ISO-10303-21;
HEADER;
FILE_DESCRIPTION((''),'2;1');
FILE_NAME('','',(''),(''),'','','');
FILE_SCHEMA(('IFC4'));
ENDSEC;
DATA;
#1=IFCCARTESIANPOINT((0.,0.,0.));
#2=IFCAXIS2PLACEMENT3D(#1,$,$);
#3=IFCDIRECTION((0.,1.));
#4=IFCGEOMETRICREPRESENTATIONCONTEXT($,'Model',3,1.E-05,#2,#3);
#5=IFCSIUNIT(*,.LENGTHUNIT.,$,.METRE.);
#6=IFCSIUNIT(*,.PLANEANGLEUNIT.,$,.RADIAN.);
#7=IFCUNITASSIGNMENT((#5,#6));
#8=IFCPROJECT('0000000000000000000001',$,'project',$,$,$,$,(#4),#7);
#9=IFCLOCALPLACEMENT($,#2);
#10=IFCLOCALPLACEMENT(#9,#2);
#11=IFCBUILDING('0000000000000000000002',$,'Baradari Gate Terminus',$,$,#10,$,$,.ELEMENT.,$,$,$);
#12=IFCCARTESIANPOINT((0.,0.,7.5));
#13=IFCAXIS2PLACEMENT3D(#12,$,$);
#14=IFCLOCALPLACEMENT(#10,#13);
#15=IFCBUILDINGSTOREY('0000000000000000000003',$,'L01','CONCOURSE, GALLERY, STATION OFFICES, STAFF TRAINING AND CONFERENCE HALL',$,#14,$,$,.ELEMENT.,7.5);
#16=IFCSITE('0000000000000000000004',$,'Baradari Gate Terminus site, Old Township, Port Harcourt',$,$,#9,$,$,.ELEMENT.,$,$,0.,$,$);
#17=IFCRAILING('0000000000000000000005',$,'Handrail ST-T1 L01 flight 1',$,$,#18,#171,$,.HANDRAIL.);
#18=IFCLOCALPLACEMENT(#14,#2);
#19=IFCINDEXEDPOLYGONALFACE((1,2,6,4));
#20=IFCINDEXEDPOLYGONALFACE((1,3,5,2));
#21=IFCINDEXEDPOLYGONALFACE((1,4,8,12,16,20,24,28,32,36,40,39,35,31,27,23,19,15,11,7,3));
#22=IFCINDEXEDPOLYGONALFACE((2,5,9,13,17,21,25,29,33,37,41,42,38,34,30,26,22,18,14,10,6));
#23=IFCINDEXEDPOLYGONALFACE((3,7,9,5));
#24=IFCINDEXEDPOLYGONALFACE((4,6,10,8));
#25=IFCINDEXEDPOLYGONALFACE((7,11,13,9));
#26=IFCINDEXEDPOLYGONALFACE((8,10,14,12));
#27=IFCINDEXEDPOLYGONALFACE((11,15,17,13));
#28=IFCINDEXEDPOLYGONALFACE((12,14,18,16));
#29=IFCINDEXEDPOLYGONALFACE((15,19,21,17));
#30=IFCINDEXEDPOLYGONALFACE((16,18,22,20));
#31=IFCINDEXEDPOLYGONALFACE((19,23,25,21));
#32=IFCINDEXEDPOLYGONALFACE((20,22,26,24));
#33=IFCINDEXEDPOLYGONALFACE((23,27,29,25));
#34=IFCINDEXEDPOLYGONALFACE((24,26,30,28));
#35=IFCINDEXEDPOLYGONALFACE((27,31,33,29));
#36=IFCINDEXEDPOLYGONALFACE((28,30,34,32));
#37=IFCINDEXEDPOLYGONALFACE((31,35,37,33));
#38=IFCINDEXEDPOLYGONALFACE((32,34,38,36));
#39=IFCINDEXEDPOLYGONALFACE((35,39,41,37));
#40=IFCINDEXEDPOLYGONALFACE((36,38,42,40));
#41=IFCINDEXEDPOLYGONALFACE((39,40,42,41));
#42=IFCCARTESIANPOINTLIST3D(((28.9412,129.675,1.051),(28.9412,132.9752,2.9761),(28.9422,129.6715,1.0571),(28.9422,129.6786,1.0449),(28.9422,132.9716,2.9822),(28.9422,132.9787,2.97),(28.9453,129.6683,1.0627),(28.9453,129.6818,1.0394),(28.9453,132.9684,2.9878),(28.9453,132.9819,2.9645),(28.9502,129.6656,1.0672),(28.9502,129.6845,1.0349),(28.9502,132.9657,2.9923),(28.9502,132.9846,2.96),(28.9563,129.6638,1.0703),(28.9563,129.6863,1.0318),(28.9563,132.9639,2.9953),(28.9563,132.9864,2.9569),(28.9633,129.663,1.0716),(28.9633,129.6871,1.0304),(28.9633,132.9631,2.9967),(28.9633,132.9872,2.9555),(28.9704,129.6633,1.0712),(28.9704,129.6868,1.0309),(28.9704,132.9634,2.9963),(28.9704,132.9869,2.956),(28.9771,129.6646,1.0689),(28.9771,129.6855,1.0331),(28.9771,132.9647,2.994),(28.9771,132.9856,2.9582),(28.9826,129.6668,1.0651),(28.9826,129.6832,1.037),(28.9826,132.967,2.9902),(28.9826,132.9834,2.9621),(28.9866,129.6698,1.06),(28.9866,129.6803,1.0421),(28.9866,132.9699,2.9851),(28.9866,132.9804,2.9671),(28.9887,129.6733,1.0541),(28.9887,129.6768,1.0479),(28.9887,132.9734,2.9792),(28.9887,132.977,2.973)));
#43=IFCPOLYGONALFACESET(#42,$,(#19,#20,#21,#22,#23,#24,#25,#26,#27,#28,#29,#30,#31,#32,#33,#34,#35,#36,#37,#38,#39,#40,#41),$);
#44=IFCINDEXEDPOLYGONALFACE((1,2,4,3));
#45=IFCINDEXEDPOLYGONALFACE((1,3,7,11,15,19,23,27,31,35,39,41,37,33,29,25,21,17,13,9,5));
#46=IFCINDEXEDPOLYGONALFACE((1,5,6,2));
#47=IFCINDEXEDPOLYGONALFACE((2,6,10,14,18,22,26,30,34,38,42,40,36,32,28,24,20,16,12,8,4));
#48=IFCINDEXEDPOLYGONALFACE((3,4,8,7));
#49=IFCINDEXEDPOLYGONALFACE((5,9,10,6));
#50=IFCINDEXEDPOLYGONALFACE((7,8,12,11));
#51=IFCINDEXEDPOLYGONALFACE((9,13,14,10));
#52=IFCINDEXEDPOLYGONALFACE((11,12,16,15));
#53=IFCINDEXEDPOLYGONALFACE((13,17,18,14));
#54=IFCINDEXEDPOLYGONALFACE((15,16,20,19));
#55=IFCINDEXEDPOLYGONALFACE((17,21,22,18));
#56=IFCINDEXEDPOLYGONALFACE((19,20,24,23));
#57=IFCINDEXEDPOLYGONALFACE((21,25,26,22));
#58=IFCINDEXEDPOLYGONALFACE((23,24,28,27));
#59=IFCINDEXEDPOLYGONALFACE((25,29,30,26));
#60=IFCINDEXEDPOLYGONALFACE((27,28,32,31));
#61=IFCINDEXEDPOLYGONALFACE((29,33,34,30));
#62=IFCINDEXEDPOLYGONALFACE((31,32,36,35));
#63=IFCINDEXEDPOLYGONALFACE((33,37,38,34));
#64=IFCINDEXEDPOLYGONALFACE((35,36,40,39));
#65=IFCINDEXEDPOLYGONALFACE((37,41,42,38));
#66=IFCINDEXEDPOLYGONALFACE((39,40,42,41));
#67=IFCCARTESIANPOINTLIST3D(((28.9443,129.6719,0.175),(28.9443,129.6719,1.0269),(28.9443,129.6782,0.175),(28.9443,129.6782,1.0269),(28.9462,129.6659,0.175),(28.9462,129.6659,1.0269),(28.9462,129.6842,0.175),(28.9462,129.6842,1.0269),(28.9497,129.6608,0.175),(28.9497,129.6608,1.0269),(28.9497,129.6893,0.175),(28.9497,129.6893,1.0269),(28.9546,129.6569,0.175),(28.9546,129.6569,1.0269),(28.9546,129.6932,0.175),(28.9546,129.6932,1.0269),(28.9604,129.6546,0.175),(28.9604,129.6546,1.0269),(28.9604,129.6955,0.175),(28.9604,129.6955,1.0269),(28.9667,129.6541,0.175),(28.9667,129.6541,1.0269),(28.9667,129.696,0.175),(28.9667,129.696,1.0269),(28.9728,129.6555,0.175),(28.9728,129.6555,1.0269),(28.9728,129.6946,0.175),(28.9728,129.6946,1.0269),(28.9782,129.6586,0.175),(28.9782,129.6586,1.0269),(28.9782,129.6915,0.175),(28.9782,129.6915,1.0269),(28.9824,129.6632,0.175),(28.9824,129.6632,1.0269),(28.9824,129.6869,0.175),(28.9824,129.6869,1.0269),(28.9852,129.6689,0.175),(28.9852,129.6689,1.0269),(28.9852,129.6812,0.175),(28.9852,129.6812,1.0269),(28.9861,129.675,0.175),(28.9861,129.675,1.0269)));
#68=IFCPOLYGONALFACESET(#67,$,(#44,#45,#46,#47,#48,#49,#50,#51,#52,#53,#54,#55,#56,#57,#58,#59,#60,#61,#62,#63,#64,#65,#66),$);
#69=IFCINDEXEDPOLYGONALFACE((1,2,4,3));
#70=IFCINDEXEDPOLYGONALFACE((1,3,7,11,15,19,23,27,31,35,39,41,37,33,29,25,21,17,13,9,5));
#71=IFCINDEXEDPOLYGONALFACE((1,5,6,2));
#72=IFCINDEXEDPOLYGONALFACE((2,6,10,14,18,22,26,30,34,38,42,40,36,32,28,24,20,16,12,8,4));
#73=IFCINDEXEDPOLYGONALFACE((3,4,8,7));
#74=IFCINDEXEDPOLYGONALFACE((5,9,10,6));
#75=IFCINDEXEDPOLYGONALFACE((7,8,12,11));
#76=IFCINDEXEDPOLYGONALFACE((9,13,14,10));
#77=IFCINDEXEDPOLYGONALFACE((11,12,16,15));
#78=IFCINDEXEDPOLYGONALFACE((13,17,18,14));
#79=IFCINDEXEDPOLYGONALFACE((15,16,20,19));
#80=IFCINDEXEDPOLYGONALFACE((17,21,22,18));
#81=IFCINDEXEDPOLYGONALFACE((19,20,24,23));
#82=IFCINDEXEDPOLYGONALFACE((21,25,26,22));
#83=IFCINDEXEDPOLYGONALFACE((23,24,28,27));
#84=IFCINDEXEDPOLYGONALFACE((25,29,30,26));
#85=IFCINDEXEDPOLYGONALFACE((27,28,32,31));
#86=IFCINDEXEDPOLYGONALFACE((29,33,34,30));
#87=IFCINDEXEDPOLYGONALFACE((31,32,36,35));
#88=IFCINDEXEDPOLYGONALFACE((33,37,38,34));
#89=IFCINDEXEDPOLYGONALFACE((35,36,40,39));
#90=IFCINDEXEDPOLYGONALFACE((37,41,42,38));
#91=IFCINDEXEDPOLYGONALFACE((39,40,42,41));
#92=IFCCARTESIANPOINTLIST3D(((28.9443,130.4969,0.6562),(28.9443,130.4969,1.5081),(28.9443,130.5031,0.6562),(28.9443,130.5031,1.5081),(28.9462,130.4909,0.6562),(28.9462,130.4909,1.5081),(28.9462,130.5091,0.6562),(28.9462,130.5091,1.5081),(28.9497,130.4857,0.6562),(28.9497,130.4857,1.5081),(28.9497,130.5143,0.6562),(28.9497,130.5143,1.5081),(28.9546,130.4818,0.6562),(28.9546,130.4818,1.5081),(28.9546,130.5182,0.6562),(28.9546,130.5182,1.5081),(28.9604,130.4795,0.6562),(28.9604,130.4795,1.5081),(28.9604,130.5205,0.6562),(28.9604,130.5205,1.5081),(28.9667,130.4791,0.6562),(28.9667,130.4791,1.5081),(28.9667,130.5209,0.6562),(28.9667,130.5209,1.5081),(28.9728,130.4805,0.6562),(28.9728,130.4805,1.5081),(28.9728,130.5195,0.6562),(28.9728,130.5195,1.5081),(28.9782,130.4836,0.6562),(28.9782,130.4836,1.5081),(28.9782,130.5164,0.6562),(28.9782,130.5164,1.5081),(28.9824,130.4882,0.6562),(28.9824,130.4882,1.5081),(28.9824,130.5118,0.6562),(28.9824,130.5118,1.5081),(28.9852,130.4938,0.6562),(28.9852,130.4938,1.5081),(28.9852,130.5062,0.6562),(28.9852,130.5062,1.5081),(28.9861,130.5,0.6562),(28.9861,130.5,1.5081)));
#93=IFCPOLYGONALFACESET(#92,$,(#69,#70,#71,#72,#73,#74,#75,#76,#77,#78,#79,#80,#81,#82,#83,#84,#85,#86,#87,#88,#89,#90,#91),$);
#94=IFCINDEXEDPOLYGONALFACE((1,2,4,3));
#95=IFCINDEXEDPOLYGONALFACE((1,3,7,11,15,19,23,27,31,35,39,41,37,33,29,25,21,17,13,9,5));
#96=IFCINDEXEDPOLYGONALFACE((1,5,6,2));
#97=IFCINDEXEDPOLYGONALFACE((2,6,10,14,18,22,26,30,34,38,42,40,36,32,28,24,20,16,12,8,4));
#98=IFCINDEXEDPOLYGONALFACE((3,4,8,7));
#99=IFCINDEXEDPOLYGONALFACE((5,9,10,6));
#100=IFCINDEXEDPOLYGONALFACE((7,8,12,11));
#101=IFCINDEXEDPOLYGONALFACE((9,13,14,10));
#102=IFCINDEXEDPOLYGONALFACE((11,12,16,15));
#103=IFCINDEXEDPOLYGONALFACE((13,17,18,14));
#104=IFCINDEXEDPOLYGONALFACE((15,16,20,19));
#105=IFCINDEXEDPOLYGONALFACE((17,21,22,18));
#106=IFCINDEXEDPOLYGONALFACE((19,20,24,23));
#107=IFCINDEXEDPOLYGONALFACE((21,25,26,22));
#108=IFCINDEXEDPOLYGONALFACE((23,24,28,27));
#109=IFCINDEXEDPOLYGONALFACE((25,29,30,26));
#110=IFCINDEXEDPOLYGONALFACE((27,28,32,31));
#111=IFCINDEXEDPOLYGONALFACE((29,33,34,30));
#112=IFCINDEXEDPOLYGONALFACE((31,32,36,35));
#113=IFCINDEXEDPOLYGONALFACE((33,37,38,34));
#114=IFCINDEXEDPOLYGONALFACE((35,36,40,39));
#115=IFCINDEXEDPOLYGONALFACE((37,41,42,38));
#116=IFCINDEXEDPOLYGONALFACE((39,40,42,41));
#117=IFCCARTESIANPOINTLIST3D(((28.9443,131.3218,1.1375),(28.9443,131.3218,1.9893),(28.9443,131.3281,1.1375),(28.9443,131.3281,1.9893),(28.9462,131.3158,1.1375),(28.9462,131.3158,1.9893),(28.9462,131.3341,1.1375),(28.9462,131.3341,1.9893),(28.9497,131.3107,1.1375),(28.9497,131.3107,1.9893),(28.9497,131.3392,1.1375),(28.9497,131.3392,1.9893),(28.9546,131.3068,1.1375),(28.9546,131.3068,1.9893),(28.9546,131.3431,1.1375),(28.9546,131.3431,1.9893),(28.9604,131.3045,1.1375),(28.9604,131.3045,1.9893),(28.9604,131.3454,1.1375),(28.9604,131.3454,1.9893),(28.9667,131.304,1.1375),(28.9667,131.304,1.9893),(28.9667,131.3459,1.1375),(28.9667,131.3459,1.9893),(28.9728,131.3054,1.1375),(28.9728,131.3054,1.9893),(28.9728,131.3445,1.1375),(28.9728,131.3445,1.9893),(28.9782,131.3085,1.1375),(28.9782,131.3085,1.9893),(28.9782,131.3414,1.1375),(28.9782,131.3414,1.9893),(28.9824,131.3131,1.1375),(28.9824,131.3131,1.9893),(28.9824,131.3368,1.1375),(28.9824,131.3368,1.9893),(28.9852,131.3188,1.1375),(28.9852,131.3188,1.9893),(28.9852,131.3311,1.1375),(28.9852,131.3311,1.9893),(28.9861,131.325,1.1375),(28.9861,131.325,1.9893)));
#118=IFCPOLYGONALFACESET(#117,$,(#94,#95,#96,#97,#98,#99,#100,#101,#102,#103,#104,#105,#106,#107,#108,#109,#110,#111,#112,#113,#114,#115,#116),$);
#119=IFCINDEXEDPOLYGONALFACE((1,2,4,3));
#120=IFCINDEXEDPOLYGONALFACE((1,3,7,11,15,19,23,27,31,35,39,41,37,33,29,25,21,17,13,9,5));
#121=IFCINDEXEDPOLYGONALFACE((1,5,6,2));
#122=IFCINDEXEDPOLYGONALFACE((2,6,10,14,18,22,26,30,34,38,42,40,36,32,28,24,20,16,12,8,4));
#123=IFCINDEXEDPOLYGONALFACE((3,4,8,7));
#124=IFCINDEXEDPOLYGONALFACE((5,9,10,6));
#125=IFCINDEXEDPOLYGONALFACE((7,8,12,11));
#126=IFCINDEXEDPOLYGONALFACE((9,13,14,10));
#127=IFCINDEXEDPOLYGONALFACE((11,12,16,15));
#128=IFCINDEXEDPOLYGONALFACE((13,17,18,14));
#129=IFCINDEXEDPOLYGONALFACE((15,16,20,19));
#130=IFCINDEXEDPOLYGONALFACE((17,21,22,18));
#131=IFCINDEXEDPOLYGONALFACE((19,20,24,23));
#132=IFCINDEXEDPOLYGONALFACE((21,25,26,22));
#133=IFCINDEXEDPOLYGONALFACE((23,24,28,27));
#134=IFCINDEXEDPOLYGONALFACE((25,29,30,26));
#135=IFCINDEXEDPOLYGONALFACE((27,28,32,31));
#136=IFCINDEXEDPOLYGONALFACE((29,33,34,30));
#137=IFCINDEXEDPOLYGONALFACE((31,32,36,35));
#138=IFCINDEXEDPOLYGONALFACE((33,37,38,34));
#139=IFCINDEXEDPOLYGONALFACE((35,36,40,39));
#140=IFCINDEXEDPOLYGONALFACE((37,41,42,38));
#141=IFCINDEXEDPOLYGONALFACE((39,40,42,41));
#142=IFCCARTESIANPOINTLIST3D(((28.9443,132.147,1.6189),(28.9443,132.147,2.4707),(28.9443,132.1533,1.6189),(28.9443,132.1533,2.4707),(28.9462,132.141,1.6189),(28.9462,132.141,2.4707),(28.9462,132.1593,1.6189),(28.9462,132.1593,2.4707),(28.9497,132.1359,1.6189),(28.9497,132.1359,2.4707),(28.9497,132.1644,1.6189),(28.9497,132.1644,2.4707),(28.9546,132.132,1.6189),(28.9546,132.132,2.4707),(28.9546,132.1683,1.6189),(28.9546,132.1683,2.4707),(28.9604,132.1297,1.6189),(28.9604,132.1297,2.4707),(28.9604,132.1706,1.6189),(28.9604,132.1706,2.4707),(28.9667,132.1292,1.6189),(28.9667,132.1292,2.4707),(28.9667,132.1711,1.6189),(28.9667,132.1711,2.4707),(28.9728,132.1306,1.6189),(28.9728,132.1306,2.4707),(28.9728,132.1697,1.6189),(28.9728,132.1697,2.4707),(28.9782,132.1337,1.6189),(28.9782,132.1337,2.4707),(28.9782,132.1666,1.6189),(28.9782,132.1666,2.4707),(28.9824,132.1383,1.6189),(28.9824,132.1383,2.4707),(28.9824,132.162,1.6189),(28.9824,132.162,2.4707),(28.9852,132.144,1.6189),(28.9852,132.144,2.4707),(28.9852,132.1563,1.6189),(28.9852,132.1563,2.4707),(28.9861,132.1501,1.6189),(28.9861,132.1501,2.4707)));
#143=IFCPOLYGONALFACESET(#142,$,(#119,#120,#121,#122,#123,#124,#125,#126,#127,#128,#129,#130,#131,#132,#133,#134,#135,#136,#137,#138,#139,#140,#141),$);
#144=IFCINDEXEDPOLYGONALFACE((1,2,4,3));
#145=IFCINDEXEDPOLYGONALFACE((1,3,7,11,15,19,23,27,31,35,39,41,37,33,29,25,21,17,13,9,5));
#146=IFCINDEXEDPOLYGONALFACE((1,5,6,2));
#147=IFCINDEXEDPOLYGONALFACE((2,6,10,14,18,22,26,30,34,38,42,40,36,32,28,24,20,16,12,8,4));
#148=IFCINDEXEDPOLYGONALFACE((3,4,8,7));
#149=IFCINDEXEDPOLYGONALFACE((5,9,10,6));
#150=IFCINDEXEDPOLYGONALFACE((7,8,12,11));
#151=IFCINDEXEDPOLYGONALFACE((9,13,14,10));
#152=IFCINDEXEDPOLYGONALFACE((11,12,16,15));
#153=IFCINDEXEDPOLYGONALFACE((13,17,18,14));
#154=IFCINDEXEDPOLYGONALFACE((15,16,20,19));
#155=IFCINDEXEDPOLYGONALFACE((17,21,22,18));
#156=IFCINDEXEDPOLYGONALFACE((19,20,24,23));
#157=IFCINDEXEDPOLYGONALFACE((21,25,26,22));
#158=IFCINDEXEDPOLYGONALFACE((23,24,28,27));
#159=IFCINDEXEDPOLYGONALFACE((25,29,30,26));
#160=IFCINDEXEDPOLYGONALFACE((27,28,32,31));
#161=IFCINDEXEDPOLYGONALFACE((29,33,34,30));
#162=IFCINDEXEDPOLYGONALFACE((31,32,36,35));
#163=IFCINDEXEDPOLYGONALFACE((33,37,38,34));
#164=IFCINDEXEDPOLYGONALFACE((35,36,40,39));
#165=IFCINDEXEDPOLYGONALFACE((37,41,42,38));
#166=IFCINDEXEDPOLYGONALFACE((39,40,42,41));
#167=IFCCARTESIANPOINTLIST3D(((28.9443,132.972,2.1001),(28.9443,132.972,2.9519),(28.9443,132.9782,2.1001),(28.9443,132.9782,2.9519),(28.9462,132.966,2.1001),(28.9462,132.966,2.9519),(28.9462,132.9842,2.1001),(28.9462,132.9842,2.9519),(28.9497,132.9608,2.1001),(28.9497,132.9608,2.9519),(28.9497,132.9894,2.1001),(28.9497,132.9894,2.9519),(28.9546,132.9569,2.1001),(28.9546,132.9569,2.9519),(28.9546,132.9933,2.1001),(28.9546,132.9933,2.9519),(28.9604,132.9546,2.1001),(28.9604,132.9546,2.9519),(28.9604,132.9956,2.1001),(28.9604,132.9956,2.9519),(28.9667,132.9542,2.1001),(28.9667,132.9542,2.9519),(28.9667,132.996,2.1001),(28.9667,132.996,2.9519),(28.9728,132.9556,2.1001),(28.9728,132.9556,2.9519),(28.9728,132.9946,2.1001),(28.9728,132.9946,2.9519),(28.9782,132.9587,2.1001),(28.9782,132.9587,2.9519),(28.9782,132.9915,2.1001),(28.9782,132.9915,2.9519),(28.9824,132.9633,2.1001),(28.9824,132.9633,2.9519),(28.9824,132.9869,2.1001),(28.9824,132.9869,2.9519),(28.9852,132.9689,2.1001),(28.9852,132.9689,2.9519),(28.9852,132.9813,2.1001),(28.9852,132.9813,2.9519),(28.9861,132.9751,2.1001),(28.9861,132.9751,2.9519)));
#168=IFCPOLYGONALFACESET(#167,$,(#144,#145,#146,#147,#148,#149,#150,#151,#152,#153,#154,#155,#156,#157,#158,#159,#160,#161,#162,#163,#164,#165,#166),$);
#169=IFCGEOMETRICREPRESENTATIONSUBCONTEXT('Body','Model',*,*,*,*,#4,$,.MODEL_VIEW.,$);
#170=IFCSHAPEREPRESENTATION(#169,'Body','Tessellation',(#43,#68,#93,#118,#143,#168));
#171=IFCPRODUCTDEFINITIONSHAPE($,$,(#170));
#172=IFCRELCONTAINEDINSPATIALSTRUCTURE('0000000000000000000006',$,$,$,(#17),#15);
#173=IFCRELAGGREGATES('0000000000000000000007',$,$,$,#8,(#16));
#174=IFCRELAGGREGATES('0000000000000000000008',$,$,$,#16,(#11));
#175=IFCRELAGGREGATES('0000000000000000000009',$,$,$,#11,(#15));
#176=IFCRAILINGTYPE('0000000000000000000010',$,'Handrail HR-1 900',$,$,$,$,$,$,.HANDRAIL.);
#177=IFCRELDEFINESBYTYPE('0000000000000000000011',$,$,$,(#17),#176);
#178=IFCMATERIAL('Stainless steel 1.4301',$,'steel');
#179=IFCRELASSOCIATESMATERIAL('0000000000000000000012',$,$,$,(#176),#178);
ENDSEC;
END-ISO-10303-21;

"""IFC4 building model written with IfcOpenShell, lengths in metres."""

from ifc_helpers import new_model, si_unit, direction, frame, origin, origin_2d, place, context, subcontext, project, spatial, circle, extrude, material, type_object, element, save


model = new_model("IFC4")

# Units and contexts
model_context = context("Model", 3, precision=1e-05, world=origin(), true_north=direction((0.0, 1.0)))
body_context = subcontext(model_context, "Body", "Model", "MODEL_VIEW")
ifc_project = project(units=[si_unit("LENGTHUNIT", "METRE"), si_unit("PLANEANGLEUNIT", "RADIAN")], contexts=[model_context])

# Site, building, storey
site_placement = place(None, origin())
site = spatial("IfcSite", under=ifc_project, at=site_placement, Name="Baradari Gate Terminus site, Old Township, Port Harcourt", CompositionType="ELEMENT", RefElevation=0.0)
building_placement = place(site_placement, origin())
building = spatial("IfcBuilding", under=site, at=building_placement, Name="Baradari Gate Terminus", CompositionType="ELEMENT")
storey_placement = place(building_placement, frame((0.0, 0.0, 7.5)))
storey = spatial("IfcBuildingStorey", under=building, at=storey_placement, Name="L01", Description="CONCOURSE, GALLERY, STATION OFFICES, STAFF TRAINING AND CONFERENCE HALL", CompositionType="ELEMENT", Elevation=7.5)

# Railing
ifc_material_1 = material(Name="Stainless steel 1.4301", Category="steel")
railing_type = type_object("IfcRailingType", Name="Handrail HR-1 900", PredefinedType="HANDRAIL", material=ifc_material_1)
for number, where, name in (
    (1, (28.9651, 129.675, 0.175), "Handrail ST-T1 L01 flight 1"),
):
    element("IfcRailing", number, at=place(storey_placement, frame(where)), inside=storey, type_object=railing_type, Name=name, PredefinedType="HANDRAIL", context=body_context, shape_type="SweptSolid", body=[
        extrude(circle(Radius=0.0239, at=origin_2d()), frame((0.0, 0.0, 0.876), z_axis=(0.0, 0.863777, 0.503875), x_axis=(-1.0, 0.0, 0.0)), (0.0, 0.0, 1.0), 3.8206),
        extrude(circle(Radius=0.021, at=origin_2d()), origin(), (0.0, 0.0, 1.0), 0.8518),
        extrude(circle(Radius=0.021, at=origin_2d()), frame((0.0, 0.825, 0.4812)), (0.0, 0.0, 1.0), 0.8518),
        extrude(circle(Radius=0.021, at=origin_2d()), frame((0.0, 1.6499, 0.9624)), (0.0, 0.0, 1.0), 0.8518),
        extrude(circle(Radius=0.021, at=origin_2d()), frame((0.0, 2.4751, 1.4438)), (0.0, 0.0, 1.0), 0.8518),
        extrude(circle(Radius=0.021, at=origin_2d()), frame((0.0, 3.3, 1.925)), (0.0, 0.0, 1.0), 0.8518),
    ])

save(model, "model.ifc")
